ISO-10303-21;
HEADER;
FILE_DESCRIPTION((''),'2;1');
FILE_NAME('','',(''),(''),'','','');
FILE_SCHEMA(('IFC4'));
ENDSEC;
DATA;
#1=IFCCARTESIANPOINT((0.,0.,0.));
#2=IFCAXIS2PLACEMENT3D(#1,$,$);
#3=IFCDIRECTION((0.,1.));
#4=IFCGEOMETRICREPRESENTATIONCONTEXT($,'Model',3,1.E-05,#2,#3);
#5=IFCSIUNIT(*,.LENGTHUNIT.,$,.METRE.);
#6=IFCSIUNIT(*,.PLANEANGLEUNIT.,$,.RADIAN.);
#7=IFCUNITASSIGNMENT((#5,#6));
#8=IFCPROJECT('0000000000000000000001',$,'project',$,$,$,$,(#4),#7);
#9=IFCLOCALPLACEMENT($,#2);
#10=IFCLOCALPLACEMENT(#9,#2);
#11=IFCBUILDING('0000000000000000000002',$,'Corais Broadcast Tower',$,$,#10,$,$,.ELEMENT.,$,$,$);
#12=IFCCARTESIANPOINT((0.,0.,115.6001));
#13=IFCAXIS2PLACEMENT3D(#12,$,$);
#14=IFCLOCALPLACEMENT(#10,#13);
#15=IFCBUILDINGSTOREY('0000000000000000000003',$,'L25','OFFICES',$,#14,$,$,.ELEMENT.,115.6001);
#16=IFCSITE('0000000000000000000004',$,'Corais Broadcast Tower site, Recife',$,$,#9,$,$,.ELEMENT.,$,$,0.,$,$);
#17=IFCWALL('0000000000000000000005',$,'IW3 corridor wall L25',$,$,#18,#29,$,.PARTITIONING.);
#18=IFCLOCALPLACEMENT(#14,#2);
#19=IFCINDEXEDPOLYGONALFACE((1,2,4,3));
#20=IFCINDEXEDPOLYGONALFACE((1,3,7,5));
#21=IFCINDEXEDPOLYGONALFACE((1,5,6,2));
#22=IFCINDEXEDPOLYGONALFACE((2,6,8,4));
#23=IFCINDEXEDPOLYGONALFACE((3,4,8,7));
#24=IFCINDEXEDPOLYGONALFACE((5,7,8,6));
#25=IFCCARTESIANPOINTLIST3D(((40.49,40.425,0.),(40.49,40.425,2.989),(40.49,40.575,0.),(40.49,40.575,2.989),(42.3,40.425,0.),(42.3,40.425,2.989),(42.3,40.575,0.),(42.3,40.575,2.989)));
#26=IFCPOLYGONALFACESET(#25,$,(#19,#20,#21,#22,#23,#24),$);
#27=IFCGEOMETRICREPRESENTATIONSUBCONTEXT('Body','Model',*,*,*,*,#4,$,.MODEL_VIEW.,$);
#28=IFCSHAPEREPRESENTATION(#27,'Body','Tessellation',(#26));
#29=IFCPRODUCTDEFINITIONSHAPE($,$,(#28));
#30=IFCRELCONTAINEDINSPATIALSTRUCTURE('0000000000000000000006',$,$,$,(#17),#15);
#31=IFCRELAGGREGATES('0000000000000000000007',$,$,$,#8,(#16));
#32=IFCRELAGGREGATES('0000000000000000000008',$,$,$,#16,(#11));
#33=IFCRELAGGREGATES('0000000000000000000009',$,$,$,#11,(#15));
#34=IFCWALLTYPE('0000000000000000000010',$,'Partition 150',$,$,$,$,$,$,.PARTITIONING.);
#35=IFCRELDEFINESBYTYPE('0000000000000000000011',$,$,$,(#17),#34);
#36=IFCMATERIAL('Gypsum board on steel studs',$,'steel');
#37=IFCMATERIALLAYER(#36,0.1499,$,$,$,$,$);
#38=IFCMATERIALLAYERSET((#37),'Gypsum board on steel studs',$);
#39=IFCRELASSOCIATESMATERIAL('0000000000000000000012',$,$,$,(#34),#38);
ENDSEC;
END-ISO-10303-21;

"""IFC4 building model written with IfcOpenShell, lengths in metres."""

from ifc_helpers import new_model, si_unit, direction, frame, frame_2d, origin, place, context, subcontext, project, spatial, rectangle, extrude, material, layer, layer_set, type_object, element, save


model = new_model("IFC4")

# Units and contexts
model_context = context("Model", 3, precision=1e-05, world=origin(), true_north=direction((0.0, 1.0)))
body_context = subcontext(model_context, "Body", "Model", "MODEL_VIEW")
ifc_project = project(units=[si_unit("LENGTHUNIT", "METRE"), si_unit("PLANEANGLEUNIT", "RADIAN")], contexts=[model_context])

# Site, building, storey
site_placement = place(None, origin())
site = spatial("IfcSite", under=ifc_project, at=site_placement, Name="Corais Broadcast Tower site, Recife", CompositionType="ELEMENT", RefElevation=0.0)
building_placement = place(site_placement, origin())
building = spatial("IfcBuilding", under=site, at=building_placement, Name="Corais Broadcast Tower", CompositionType="ELEMENT")
storey_placement = place(building_placement, frame((0.0, 0.0, 115.6001)))
storey = spatial("IfcBuildingStorey", under=building, at=storey_placement, Name="L25", Description="OFFICES", CompositionType="ELEMENT", Elevation=115.6001)

# Wall
ifc_material_1 = material(Name="Gypsum board on steel studs", Category="steel")
ifc_layer_1 = layer(ifc_material_1, 0.1499)
ifc_layer_set_1 = layer_set([ifc_layer_1], Name="Gypsum board on steel studs")
wall_type = type_object("IfcWallType", Name="Partition 150", PredefinedType="PARTITIONING", material=ifc_layer_set_1)
wall_placement = place(storey_placement, frame((42.3, 40.5, 0.0), z_axis=(0.0, 0.0, 1.0), x_axis=(-1.0, 0.0, 0.0)))
element("IfcWall", 1, at=wall_placement, inside=storey, type_object=wall_type, Name="IW3 corridor wall L25", PredefinedType="PARTITIONING", context=body_context, shape_type="SweptSolid", body=[
    extrude(rectangle(XDim=1.8101, YDim=0.1499, at=frame_2d((0.905, 0.0))), origin(), (0.0, 0.0, 1.0), 2.989),
])

save(model, "model.ifc")
